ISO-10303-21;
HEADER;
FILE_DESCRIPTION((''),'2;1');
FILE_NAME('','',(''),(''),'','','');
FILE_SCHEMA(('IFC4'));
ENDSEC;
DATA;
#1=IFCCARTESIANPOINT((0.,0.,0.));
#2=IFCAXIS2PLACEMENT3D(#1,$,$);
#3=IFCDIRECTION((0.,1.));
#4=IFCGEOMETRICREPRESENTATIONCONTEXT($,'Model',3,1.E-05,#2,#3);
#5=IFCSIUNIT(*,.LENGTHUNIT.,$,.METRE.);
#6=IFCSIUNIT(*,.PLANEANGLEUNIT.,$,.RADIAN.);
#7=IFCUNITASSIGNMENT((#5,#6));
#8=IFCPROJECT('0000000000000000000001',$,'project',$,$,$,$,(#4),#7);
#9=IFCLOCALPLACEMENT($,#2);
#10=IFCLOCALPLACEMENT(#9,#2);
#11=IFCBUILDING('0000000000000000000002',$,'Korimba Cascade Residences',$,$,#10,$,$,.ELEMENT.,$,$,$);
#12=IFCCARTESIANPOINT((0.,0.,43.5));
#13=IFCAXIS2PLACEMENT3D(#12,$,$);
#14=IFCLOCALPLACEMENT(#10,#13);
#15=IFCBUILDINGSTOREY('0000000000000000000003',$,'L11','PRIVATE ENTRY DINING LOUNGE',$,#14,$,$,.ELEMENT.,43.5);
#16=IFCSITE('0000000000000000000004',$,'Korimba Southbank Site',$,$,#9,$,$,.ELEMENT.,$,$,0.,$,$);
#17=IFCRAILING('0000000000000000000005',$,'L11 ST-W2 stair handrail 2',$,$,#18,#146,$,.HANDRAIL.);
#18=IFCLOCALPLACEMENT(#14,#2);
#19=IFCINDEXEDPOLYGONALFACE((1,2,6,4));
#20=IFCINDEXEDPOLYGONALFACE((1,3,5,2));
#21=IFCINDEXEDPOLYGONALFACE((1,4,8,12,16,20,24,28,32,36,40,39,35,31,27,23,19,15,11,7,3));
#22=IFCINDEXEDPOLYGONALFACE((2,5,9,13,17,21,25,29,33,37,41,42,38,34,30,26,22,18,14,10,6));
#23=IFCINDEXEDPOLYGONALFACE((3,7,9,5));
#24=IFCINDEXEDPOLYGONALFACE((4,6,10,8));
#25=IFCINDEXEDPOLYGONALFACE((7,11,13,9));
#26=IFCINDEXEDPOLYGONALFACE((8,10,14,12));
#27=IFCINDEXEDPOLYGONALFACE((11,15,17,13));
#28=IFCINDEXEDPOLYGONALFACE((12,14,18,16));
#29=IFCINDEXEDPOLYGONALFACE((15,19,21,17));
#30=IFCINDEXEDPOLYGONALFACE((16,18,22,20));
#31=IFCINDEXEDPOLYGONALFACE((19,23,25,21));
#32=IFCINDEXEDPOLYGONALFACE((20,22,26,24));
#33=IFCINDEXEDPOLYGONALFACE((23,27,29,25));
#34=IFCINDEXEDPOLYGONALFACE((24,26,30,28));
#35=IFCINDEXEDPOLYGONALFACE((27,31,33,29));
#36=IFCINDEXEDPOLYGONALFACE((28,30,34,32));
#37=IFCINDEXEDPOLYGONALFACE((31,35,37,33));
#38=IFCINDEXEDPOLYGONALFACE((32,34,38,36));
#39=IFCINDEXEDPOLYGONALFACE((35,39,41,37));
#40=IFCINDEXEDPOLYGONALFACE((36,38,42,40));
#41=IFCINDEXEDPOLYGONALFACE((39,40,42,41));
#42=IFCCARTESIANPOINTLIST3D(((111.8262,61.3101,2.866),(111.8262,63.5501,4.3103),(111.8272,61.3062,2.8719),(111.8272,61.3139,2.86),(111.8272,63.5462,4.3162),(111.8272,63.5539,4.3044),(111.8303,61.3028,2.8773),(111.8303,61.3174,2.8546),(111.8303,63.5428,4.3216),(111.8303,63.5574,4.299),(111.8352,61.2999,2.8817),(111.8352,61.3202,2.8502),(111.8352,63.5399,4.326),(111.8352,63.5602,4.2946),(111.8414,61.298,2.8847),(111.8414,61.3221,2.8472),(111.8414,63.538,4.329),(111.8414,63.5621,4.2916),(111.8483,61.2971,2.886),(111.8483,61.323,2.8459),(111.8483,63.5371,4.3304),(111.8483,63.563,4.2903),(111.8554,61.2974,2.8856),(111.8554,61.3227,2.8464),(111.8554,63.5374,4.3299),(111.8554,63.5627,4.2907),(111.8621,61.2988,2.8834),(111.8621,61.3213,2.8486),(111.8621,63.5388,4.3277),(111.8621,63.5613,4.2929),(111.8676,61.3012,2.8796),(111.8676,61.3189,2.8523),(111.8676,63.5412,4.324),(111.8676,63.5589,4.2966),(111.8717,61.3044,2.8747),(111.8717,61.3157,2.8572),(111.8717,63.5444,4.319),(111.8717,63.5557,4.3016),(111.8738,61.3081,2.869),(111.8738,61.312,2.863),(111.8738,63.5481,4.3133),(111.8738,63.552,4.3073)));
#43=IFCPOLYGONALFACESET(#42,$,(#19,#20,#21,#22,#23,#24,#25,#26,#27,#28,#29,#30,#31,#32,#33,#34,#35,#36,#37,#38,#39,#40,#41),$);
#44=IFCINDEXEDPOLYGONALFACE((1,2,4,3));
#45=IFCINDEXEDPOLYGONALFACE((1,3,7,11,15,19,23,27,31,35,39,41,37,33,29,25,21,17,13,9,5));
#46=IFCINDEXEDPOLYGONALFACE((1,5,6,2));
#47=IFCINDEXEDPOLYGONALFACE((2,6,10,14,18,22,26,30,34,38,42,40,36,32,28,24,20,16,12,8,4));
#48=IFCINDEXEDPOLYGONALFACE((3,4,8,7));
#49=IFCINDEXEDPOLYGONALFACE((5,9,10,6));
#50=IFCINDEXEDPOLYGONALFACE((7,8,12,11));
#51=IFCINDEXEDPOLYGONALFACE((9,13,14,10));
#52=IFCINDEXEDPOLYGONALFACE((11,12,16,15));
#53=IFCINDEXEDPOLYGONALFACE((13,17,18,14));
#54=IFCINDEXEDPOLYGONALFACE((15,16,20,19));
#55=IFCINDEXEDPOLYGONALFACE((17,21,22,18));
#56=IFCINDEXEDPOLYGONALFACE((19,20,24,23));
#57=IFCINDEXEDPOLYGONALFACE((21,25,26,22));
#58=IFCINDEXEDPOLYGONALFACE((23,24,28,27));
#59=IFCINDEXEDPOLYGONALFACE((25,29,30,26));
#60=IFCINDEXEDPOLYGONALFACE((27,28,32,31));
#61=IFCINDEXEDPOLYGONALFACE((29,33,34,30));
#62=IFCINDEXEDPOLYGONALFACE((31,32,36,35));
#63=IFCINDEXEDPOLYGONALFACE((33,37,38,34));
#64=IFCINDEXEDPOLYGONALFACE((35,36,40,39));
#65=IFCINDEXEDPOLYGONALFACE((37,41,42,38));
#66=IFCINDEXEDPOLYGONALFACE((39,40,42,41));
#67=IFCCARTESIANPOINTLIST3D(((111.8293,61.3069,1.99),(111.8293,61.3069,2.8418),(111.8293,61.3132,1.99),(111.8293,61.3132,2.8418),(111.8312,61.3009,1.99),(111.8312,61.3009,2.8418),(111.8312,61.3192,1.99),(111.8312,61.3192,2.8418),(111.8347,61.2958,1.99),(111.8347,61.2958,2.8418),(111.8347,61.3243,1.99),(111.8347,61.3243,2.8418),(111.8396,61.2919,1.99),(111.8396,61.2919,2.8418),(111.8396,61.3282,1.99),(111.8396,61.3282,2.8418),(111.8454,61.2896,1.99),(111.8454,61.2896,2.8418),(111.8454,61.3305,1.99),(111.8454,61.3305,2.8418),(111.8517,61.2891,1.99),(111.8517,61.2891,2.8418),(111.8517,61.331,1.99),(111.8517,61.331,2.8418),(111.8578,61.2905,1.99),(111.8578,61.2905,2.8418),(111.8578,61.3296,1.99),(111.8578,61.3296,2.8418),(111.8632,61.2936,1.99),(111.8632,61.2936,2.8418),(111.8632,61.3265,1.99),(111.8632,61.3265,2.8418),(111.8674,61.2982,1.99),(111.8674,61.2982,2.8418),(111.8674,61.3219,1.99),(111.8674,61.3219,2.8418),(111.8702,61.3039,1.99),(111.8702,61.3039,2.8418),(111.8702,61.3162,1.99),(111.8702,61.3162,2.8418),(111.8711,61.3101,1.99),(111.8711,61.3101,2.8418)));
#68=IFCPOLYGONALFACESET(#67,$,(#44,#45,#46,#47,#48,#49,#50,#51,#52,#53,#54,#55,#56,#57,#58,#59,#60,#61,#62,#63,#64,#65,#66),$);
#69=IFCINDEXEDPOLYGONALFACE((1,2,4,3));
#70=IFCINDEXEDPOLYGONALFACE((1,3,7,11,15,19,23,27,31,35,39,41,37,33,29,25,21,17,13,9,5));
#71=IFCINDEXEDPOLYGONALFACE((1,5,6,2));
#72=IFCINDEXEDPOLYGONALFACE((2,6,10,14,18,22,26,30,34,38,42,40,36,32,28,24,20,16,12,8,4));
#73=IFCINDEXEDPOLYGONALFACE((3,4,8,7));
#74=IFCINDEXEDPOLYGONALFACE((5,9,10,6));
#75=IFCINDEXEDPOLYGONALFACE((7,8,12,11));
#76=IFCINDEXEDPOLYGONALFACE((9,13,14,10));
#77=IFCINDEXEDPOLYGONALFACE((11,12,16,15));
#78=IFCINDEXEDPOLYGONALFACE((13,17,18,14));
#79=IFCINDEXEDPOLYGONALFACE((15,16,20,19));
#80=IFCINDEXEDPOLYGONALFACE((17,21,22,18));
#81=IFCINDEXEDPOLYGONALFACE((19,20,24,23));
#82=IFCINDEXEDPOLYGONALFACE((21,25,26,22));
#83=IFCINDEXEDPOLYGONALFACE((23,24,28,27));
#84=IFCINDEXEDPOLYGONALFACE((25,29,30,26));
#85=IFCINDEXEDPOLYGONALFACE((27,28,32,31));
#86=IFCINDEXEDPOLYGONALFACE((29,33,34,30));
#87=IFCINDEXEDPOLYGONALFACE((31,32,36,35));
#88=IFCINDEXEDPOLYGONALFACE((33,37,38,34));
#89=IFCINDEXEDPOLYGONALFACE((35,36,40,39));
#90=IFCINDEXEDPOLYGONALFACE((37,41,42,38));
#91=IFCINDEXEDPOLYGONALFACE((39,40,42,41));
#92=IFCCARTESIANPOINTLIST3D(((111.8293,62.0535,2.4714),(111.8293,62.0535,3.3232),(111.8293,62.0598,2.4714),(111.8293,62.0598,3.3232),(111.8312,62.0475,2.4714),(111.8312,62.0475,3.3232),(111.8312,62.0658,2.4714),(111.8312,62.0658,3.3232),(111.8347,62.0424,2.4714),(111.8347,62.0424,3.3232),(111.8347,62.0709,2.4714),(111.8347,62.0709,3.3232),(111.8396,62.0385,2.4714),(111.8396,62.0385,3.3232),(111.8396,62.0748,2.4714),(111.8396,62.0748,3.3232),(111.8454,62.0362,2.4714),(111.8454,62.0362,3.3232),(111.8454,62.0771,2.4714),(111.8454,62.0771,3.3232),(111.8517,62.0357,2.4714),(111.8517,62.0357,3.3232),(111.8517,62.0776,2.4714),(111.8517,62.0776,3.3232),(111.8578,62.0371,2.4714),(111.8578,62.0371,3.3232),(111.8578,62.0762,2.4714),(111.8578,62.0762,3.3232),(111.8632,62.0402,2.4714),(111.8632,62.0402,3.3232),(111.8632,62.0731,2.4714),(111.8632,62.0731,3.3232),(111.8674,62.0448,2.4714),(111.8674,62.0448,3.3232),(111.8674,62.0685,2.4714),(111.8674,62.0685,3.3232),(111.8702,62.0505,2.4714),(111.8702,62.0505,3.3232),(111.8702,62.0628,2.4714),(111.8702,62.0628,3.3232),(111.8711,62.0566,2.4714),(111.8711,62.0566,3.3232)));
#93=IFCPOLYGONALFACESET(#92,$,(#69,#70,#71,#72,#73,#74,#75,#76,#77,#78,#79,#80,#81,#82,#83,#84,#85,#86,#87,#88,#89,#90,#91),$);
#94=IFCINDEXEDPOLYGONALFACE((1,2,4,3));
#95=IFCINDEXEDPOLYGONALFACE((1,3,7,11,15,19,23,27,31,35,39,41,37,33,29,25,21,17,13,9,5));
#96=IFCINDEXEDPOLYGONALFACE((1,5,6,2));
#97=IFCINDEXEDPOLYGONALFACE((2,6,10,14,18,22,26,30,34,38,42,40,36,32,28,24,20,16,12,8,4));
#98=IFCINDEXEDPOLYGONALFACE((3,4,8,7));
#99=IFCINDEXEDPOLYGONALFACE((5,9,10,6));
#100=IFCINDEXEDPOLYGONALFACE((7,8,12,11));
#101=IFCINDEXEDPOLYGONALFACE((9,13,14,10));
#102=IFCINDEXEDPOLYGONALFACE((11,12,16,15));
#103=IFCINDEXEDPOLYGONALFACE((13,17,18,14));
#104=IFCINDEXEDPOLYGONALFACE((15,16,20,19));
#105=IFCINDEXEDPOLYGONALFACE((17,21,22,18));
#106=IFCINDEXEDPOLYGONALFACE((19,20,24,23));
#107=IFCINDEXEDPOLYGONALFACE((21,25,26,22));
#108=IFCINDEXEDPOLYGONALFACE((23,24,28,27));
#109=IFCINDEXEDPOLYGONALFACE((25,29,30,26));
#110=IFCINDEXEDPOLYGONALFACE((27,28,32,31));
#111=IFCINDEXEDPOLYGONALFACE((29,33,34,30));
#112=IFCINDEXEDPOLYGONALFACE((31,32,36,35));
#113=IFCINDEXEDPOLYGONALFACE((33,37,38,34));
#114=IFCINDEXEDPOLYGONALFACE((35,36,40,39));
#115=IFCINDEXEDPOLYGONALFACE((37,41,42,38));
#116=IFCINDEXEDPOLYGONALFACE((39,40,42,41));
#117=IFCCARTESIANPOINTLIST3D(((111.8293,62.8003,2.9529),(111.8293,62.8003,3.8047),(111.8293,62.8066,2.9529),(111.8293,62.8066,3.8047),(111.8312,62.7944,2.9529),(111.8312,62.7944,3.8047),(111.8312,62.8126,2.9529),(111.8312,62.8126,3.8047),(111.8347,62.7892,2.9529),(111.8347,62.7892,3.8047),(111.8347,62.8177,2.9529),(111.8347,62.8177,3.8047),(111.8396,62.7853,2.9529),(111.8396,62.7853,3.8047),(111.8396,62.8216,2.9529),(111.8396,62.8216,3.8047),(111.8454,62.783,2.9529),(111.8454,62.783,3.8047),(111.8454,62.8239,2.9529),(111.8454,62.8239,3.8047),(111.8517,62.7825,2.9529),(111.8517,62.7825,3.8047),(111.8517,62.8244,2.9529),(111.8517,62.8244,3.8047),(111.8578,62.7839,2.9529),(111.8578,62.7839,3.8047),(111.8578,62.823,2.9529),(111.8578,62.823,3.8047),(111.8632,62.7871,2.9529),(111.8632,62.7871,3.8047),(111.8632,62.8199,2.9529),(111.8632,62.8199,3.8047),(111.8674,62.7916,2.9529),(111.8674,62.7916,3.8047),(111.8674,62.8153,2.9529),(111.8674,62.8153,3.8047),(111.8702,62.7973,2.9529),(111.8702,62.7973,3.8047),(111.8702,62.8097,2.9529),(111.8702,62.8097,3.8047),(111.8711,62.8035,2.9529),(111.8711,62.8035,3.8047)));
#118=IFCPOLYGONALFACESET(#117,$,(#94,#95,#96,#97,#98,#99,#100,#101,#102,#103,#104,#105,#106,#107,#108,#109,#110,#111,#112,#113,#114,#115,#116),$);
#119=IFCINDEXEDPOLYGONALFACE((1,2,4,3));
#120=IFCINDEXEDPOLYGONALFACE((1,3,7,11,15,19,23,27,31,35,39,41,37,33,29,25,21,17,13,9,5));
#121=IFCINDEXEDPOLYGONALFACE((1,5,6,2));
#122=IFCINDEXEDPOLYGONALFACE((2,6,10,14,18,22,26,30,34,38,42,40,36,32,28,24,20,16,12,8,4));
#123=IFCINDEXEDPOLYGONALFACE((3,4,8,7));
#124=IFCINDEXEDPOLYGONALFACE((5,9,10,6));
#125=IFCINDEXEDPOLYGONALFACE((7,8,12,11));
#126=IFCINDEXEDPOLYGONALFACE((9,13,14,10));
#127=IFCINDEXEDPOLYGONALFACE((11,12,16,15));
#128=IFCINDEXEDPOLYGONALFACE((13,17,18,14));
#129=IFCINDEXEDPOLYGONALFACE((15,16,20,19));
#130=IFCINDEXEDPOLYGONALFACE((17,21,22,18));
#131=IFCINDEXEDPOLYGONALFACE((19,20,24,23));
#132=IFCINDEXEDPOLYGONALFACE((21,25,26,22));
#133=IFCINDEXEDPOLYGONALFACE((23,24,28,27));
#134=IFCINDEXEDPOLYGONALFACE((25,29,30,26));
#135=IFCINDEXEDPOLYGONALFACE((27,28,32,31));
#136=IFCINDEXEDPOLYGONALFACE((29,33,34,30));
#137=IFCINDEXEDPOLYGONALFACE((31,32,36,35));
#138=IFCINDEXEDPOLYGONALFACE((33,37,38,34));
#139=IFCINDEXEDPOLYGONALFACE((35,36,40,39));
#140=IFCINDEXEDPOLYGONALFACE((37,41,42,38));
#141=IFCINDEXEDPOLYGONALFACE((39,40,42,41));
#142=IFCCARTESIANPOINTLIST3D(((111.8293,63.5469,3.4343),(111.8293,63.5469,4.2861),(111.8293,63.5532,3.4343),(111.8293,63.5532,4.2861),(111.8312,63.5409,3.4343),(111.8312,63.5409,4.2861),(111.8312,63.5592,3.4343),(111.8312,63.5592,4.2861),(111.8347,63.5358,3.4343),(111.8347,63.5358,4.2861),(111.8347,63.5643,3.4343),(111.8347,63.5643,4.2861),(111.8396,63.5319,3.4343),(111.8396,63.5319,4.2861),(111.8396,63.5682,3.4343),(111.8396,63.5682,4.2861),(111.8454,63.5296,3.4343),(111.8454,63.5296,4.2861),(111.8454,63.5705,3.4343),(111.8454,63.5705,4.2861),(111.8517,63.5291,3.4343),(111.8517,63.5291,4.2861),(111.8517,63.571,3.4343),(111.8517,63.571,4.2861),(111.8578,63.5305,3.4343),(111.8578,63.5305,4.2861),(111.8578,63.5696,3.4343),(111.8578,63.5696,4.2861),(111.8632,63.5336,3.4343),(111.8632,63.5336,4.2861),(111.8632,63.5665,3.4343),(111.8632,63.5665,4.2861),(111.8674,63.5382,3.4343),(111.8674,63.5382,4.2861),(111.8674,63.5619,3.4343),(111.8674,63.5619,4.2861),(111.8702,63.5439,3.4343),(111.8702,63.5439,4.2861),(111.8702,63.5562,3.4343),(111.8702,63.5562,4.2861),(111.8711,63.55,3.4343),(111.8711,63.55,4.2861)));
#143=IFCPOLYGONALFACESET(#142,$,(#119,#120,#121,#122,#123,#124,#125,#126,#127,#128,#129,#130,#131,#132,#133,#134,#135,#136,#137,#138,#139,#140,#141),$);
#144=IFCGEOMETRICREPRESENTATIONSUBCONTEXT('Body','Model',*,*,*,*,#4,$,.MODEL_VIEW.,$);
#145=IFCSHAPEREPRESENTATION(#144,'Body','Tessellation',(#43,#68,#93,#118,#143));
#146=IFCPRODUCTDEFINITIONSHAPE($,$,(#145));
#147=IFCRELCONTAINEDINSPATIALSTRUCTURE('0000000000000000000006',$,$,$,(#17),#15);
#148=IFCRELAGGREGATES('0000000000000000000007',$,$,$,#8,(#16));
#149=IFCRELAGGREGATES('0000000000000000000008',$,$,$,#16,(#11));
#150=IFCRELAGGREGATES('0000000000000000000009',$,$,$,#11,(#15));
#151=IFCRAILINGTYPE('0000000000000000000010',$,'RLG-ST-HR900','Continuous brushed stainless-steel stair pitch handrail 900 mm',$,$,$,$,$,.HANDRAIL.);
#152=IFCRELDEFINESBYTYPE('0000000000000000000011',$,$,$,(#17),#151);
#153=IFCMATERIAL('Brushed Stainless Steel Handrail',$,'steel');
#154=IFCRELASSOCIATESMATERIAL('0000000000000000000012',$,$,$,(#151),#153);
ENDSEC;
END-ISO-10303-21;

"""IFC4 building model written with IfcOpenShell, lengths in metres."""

from ifc_helpers import new_model, si_unit, direction, frame, origin, origin_2d, place, context, subcontext, project, spatial, circle, extrude, material, type_object, element, save


model = new_model("IFC4")

# Units and contexts
model_context = context("Model", 3, precision=1e-05, world=origin(), true_north=direction((0.0, 1.0)))
body_context = subcontext(model_context, "Body", "Model", "MODEL_VIEW")
ifc_project = project(units=[si_unit("LENGTHUNIT", "METRE"), si_unit("PLANEANGLEUNIT", "RADIAN")], contexts=[model_context])

# Site, building, storey
site_placement = place(None, origin())
site = spatial("IfcSite", under=ifc_project, at=site_placement, Name="Korimba Southbank Site", CompositionType="ELEMENT", RefElevation=0.0)
building_placement = place(site_placement, origin())
building = spatial("IfcBuilding", under=site, at=building_placement, Name="Korimba Cascade Residences", CompositionType="ELEMENT")
storey_placement = place(building_placement, frame((0.0, 0.0, 43.5)))
storey = spatial("IfcBuildingStorey", under=building, at=storey_placement, Name="L11", Description="PRIVATE ENTRY DINING LOUNGE", CompositionType="ELEMENT", Elevation=43.5)

# Railing
ifc_material_1 = material(Name="Brushed Stainless Steel Handrail", Category="steel")
railing_type_1 = type_object("IfcRailingType", Name="RLG-ST-HR900", Description="Continuous brushed stainless-steel stair pitch handrail 900 mm", PredefinedType="HANDRAIL", material=ifc_material_1)
railing_1_placement = place(storey_placement, frame((111.8501, 61.3101, 1.99)))
element("IfcRailing", 1, at=railing_1_placement, inside=storey, type_object=railing_type_1, Name="L11 ST-W2 stair handrail 2", PredefinedType="HANDRAIL", context=body_context, shape_type="SweptSolid", body=[
    extrude(circle(Radius=0.0239, at=origin_2d()), frame((0.0, 0.0, 0.876), z_axis=(0.0, 0.840437, 0.54191), x_axis=(-1.0, 0.0, 0.0)), (0.0, 0.0, 1.0), 2.6653),
    extrude(circle(Radius=0.021, at=origin_2d()), origin(), (0.0, 0.0, 1.0), 0.8518),
    extrude(circle(Radius=0.021, at=origin_2d()), frame((0.0, 0.7466, 0.4814)), (0.0, 0.0, 1.0), 0.8518),
    extrude(circle(Radius=0.021, at=origin_2d()), frame((0.0, 1.4934, 0.9629)), (0.0, 0.0, 1.0), 0.8518),
    extrude(circle(Radius=0.021, at=origin_2d()), frame((0.0, 2.24, 1.4443)), (0.0, 0.0, 1.0), 0.8518),
])

save(model, "model.ifc")
